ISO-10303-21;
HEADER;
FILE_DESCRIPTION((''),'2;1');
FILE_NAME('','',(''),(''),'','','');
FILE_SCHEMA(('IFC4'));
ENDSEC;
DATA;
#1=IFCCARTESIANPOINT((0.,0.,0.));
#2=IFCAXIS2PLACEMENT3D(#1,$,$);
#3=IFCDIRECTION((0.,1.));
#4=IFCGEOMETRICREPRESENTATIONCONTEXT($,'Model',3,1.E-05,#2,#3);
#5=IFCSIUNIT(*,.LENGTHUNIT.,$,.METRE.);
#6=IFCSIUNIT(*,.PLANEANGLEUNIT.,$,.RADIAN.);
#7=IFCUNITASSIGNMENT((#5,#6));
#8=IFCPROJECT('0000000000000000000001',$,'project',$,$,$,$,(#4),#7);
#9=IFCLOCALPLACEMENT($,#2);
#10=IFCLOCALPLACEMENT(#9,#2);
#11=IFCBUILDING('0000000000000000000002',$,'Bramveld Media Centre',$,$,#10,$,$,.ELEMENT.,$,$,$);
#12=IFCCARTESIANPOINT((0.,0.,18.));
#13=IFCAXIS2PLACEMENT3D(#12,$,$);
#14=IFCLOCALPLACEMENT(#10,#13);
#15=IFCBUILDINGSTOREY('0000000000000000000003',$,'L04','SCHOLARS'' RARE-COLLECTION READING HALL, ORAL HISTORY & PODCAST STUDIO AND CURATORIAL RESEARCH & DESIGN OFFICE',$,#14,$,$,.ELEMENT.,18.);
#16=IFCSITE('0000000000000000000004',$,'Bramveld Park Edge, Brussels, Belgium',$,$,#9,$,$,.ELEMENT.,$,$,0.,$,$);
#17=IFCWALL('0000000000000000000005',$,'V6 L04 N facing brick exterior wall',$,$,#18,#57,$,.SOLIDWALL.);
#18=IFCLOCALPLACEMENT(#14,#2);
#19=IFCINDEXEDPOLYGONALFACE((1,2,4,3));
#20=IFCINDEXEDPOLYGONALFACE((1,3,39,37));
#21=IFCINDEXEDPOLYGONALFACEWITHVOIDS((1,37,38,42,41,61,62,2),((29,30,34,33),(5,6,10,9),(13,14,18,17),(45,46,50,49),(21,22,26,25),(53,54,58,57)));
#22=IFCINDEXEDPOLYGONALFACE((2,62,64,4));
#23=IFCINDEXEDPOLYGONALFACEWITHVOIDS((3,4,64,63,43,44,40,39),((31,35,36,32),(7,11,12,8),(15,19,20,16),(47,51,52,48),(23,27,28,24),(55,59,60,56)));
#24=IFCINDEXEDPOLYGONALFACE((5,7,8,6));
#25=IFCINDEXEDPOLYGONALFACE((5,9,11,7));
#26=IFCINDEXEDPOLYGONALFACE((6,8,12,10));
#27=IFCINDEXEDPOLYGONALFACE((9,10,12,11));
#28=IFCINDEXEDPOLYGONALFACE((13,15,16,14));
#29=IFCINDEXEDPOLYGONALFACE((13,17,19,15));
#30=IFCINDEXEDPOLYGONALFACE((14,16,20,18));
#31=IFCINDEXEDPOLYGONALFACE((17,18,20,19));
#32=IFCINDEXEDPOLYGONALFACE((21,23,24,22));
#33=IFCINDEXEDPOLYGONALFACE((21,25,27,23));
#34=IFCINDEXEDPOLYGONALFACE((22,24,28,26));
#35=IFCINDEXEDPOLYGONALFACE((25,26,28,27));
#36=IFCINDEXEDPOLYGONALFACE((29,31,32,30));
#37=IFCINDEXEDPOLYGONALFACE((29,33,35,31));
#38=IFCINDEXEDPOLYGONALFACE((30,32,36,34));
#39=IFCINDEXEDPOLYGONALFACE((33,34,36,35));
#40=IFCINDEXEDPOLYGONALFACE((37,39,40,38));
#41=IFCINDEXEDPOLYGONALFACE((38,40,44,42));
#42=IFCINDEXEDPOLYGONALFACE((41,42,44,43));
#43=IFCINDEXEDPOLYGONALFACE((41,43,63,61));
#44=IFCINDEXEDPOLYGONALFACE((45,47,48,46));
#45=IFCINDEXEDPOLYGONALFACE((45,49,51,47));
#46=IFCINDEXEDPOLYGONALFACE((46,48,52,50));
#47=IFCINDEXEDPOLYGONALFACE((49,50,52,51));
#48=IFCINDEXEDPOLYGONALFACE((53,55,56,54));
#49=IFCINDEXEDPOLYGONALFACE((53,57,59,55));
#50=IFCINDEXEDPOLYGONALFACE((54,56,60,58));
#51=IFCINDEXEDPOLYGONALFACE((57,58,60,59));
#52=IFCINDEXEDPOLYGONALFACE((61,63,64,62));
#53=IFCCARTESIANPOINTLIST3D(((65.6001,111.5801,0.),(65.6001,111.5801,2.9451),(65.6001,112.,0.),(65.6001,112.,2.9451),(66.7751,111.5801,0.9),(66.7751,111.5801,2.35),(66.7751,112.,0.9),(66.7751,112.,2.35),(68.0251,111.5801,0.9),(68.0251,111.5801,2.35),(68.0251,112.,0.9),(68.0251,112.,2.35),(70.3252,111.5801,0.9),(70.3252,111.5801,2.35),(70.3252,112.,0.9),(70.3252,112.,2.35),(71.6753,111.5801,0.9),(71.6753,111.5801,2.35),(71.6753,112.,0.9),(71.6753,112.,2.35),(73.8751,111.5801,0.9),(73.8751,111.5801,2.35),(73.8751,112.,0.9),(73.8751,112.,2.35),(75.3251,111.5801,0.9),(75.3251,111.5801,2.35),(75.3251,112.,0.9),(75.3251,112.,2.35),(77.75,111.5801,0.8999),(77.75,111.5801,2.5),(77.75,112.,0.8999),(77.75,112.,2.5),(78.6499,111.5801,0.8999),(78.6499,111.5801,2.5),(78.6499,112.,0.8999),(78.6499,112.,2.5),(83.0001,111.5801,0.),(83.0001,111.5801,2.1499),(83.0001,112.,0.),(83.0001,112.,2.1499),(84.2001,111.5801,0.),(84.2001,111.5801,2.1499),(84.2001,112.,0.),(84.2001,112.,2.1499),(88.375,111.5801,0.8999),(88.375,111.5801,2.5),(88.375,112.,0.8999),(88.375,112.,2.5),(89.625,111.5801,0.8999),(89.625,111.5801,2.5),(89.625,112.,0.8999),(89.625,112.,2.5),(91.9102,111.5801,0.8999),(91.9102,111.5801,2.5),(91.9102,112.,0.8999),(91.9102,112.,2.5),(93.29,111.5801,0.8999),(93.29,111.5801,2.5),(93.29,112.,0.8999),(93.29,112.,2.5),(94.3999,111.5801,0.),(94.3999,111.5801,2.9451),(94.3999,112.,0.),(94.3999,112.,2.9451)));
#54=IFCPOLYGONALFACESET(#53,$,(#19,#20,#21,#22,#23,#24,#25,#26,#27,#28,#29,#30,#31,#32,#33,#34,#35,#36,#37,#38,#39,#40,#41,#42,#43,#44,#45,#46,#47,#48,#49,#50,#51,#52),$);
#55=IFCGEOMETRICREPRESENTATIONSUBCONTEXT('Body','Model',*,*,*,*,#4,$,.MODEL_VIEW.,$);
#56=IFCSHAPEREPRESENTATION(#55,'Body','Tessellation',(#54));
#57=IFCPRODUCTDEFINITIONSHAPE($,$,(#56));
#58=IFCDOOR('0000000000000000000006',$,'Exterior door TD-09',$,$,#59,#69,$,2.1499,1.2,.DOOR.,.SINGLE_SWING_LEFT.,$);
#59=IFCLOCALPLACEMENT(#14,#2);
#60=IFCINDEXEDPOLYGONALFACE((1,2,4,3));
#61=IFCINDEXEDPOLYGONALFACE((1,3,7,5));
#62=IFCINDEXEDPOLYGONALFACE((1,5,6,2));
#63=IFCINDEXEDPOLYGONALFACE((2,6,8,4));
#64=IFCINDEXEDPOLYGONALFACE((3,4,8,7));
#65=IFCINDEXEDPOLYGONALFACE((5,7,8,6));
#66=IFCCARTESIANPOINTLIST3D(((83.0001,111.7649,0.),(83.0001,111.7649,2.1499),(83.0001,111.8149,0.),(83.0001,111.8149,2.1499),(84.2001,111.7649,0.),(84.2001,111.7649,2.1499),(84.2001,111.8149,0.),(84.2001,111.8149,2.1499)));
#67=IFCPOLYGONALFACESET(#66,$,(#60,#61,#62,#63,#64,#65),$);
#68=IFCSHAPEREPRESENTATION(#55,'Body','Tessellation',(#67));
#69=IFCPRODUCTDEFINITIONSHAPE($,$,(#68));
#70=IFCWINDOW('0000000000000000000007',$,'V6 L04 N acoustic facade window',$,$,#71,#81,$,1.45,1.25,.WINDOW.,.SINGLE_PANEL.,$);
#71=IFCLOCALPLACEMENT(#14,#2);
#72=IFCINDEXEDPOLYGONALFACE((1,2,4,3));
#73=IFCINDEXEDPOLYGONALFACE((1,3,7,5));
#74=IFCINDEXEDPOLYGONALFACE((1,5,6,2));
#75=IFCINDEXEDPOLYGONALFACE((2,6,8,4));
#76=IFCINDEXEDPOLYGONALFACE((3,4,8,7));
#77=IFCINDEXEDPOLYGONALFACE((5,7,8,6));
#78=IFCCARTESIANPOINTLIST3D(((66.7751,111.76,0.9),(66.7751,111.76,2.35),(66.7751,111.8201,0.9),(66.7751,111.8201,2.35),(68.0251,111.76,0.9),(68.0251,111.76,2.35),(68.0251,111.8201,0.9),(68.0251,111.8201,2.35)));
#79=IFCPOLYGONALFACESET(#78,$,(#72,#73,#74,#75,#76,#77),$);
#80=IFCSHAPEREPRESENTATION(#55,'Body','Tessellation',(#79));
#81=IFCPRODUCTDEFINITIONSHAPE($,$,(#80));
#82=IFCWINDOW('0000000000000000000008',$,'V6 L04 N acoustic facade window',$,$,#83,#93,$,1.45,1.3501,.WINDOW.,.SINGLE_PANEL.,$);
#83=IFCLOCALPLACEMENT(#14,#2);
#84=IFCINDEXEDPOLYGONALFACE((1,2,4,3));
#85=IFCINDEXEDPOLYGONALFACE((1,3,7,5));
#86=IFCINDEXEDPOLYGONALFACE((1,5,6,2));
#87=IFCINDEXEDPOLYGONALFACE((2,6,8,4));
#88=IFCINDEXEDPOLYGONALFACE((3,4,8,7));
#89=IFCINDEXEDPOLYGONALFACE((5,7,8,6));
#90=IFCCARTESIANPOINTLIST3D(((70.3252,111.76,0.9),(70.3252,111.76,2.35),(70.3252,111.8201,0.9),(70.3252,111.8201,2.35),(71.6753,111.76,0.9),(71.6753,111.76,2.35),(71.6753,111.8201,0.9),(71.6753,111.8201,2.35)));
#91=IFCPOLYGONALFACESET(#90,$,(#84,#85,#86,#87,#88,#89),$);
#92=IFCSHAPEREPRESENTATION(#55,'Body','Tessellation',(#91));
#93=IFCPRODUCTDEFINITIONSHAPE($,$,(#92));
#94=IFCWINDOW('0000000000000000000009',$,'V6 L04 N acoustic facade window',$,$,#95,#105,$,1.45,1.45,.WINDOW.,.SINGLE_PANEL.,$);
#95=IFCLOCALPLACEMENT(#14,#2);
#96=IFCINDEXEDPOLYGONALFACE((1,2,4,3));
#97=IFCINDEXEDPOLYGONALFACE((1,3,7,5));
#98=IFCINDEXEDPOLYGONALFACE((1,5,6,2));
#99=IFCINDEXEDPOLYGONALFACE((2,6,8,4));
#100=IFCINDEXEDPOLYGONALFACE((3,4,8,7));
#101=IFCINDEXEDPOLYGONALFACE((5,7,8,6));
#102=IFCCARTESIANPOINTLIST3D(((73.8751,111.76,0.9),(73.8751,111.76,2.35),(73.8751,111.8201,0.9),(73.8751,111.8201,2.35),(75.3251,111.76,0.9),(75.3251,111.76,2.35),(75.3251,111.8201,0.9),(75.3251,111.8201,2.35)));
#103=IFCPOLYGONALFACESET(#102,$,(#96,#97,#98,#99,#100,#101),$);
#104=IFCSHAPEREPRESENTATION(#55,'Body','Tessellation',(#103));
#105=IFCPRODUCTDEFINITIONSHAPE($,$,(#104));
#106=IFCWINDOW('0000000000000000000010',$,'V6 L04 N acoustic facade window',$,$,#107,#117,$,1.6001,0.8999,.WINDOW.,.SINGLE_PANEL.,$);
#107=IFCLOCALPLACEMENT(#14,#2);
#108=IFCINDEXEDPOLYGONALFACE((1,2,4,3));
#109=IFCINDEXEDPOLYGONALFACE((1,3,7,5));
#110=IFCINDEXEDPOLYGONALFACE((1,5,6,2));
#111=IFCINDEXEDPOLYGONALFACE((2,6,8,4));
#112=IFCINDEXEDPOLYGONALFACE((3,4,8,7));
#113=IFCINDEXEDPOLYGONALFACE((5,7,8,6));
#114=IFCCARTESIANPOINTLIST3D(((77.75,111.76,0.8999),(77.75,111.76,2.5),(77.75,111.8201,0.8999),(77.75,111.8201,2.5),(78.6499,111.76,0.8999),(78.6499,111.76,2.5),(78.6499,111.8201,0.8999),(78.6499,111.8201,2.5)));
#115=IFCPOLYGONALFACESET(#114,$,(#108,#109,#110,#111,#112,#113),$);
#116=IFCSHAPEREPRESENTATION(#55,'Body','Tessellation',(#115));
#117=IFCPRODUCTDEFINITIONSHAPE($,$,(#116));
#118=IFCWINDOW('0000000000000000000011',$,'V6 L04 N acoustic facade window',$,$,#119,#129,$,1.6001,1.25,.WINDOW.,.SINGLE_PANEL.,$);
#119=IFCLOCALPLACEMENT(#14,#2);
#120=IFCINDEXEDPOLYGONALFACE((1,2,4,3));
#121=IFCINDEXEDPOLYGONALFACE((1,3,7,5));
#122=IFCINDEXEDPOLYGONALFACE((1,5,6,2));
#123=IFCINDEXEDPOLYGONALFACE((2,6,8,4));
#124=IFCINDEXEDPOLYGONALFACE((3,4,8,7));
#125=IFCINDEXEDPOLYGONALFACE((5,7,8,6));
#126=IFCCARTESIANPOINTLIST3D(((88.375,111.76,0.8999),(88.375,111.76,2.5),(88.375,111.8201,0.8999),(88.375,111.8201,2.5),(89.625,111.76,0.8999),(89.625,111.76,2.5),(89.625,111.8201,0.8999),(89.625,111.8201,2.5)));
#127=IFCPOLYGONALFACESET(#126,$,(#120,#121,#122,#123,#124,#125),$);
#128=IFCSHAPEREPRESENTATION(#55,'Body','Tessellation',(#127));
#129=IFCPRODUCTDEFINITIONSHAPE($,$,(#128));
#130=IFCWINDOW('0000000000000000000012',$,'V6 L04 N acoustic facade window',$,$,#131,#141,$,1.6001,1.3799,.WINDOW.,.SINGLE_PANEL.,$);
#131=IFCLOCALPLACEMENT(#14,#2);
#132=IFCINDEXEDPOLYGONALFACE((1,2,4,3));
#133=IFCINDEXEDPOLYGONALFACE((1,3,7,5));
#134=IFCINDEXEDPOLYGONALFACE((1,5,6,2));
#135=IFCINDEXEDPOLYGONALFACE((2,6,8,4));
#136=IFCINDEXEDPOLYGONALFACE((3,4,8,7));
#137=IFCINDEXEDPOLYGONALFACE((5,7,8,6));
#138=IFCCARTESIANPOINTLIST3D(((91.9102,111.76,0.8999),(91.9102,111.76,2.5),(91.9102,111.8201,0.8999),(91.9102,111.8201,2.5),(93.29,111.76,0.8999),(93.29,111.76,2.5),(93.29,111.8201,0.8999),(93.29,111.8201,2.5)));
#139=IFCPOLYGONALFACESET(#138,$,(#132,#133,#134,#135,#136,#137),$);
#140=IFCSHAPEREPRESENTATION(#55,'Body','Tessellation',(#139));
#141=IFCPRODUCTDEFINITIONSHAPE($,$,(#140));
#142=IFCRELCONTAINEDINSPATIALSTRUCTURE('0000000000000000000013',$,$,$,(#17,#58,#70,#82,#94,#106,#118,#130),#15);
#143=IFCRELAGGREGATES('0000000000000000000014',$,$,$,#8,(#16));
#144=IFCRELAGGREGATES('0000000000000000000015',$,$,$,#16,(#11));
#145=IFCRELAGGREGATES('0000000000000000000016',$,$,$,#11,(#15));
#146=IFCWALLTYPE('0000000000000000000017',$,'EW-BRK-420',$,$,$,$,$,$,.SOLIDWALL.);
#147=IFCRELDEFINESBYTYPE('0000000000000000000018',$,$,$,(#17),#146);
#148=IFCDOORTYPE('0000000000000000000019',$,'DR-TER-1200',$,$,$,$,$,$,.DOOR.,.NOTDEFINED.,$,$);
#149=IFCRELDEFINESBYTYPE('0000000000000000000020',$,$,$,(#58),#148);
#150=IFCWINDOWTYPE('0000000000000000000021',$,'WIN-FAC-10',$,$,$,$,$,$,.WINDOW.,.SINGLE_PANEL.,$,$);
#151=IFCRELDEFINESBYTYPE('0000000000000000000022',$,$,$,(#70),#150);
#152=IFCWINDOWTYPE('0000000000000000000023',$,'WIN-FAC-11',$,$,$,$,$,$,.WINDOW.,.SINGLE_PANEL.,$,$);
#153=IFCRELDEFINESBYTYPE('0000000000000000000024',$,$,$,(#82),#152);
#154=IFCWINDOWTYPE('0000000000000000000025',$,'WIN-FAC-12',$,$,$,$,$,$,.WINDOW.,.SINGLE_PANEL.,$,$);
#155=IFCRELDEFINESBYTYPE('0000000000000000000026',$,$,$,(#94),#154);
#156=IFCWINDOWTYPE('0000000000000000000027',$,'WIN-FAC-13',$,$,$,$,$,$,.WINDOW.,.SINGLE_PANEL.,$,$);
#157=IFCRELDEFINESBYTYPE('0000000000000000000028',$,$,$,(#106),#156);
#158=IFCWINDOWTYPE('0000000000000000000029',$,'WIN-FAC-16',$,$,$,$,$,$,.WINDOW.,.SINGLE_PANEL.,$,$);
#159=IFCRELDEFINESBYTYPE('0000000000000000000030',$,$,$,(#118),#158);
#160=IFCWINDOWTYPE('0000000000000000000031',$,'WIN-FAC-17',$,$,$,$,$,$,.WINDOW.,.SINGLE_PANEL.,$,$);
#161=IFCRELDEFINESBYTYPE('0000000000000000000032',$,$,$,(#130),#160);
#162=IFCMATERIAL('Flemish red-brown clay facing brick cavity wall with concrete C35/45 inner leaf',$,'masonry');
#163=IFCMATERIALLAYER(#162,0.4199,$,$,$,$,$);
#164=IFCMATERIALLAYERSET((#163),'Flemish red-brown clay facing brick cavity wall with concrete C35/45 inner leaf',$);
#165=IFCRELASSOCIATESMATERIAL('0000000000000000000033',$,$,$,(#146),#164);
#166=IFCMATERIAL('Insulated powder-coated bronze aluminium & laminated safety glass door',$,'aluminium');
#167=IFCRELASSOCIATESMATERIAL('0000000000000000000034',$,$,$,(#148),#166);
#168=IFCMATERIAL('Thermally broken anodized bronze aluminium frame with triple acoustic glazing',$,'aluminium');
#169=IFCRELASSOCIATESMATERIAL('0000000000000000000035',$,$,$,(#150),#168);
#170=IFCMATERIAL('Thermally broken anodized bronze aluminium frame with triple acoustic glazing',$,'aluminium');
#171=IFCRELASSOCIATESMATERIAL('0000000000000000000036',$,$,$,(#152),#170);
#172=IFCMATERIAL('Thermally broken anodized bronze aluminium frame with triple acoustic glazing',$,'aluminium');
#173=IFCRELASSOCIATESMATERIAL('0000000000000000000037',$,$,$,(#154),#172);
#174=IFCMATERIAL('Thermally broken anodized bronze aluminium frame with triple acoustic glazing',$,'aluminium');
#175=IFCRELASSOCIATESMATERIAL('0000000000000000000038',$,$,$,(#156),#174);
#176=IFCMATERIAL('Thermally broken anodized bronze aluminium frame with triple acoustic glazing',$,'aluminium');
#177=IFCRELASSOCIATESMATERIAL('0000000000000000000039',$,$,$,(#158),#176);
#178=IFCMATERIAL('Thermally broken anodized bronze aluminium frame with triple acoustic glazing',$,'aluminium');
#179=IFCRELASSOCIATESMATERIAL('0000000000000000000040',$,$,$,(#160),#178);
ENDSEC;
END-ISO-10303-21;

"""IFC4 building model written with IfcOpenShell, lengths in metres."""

from ifc_helpers import new_model, si_unit, direction, frame, frame_2d, origin, place, context, subcontext, project, spatial, rectangle, extrude, material, layer, layer_set, type_object, element, fill, save


model = new_model("IFC4")

# Units and contexts
model_context = context("Model", 3, precision=1e-05, world=origin(), true_north=direction((0.0, 1.0)))
body_context = subcontext(model_context, "Body", "Model", "MODEL_VIEW")
ifc_project = project(units=[si_unit("LENGTHUNIT", "METRE"), si_unit("PLANEANGLEUNIT", "RADIAN")], contexts=[model_context])

# Site, building, storey
site_placement = place(None, origin())
site = spatial("IfcSite", under=ifc_project, at=site_placement, Name="Bramveld Park Edge, Brussels, Belgium", CompositionType="ELEMENT", RefElevation=0.0)
building_placement = place(site_placement, origin())
building = spatial("IfcBuilding", under=site, at=building_placement, Name="Bramveld Media Centre", CompositionType="ELEMENT")
storey_placement = place(building_placement, frame((0.0, 0.0, 18.0)))
storey = spatial("IfcBuildingStorey", under=building, at=storey_placement, Name="L04", Description="SCHOLARS' RARE-COLLECTION READING HALL, ORAL HISTORY & PODCAST STUDIO AND CURATORIAL RESEARCH & DESIGN OFFICE", CompositionType="ELEMENT", Elevation=18.0)

# Wall, openings, door, windows
ifc_material_1 = material(Name="Flemish red-brown clay facing brick cavity wall with concrete C35/45 inner leaf", Category="masonry")
ifc_layer_1 = layer(ifc_material_1, 0.4199)
ifc_layer_set_1 = layer_set([ifc_layer_1], Name="Flemish red-brown clay facing brick cavity wall with concrete C35/45 inner leaf")
wall_type_1 = type_object("IfcWallType", Name="EW-BRK-420", PredefinedType="SOLIDWALL", material=ifc_layer_set_1)
wall_1_placement = place(storey_placement, frame((65.6001, 111.79, 0.0), z_axis=(0.0, 0.0, 1.0), x_axis=(1.0, 0.0, 0.0)))
wall_1 = element("IfcWall", 1, at=wall_1_placement, inside=storey, type_object=wall_type_1, Name="V6 L04 N facing brick exterior wall", PredefinedType="SOLIDWALL", context=body_context, shape_type="SweptSolid", body=[
    extrude(rectangle(XDim=28.7998, YDim=0.4199, at=frame_2d((14.3999, 0.0))), origin(), (0.0, 0.0, 1.0), 2.9451),
])
opening_1_placement = place(wall_1_placement, frame((17.3999, 0.0, 0.0)))
opening_1 = element("IfcOpeningElement", 2, at=opening_1_placement, cuts=wall_1, PredefinedType="OPENING", context=body_context, shape_type="SweptSolid", body=[
    extrude(rectangle(XDim=1.2, YDim=2.1499, at=frame_2d((0.6001, 1.075))), frame((0.0, 0.2219, 0.0), z_axis=(0.0, -1.0, 0.0), x_axis=(1.0, 0.0, 0.0)), (0.0, 0.0, 1.0), 0.4438),
])
opening_2_placement = place(wall_1_placement, frame((1.175, 0.0, 0.8999)))
opening_2 = element("IfcOpeningElement", 3, at=opening_2_placement, cuts=wall_1, PredefinedType="OPENING", context=body_context, shape_type="SweptSolid", body=[
    extrude(rectangle(XDim=1.25, YDim=1.45, at=frame_2d((0.625, 0.7251))), frame((0.0, 0.2219, 0.0), z_axis=(0.0, -1.0, 0.0), x_axis=(1.0, 0.0, 0.0)), (0.0, 0.0, 1.0), 0.4438),
])
opening_3_placement = place(wall_1_placement, frame((4.7251, 0.0, 0.8999)))
opening_3 = element("IfcOpeningElement", 4, at=opening_3_placement, cuts=wall_1, PredefinedType="OPENING", context=body_context, shape_type="SweptSolid", body=[
    extrude(rectangle(XDim=1.3501, YDim=1.45, at=frame_2d((0.675, 0.7251))), frame((0.0, 0.2219, 0.0), z_axis=(0.0, -1.0, 0.0), x_axis=(1.0, 0.0, 0.0)), (0.0, 0.0, 1.0), 0.4438),
])
opening_4_placement = place(wall_1_placement, frame((8.2749, 0.0, 0.8999)))
opening_4 = element("IfcOpeningElement", 5, at=opening_4_placement, cuts=wall_1, PredefinedType="OPENING", context=body_context, shape_type="SweptSolid", body=[
    extrude(rectangle(XDim=1.45, YDim=1.45, at=frame_2d((0.7251, 0.7251))), frame((0.0, 0.2219, 0.0), z_axis=(0.0, -1.0, 0.0), x_axis=(1.0, 0.0, 0.0)), (0.0, 0.0, 1.0), 0.4438),
])
opening_5_placement = place(wall_1_placement, frame((12.1499, 0.0, 0.8999)))
opening_5 = element("IfcOpeningElement", 6, at=opening_5_placement, cuts=wall_1, PredefinedType="OPENING", context=body_context, shape_type="SweptSolid", body=[
    extrude(rectangle(XDim=0.8999, YDim=1.6001, at=frame_2d((0.45, 0.8))), frame((0.0, 0.2219, 0.0), z_axis=(0.0, -1.0, 0.0), x_axis=(1.0, 0.0, 0.0)), (0.0, 0.0, 1.0), 0.4438),
])
opening_6_placement = place(wall_1_placement, frame((22.7749, 0.0, 0.8999)))
opening_6 = element("IfcOpeningElement", 7, at=opening_6_placement, cuts=wall_1, PredefinedType="OPENING", context=body_context, shape_type="SweptSolid", body=[
    extrude(rectangle(XDim=1.25, YDim=1.6001, at=frame_2d((0.625, 0.8))), frame((0.0, 0.2219, 0.0), z_axis=(0.0, -1.0, 0.0), x_axis=(1.0, 0.0, 0.0)), (0.0, 0.0, 1.0), 0.4438),
])
opening_7_placement = place(wall_1_placement, frame((26.3101, 0.0, 0.8999)))
opening_7 = element("IfcOpeningElement", 8, at=opening_7_placement, cuts=wall_1, PredefinedType="OPENING", context=body_context, shape_type="SweptSolid", body=[
    extrude(rectangle(XDim=1.3799, YDim=1.6001, at=frame_2d((0.6899, 0.8))), frame((0.0, 0.2219, 0.0), z_axis=(0.0, -1.0, 0.0), x_axis=(1.0, 0.0, 0.0)), (0.0, 0.0, 1.0), 0.4438),
])
ifc_material_2 = material(Name="Insulated powder-coated bronze aluminium & laminated safety glass door", Category="aluminium")
door_type_1 = type_object("IfcDoorType", Name="DR-TER-1200", OperationType="NOTDEFINED", PredefinedType="DOOR", material=ifc_material_2)
door_1_placement = place(opening_1_placement, origin())
door_1 = element("IfcDoor", 9, at=door_1_placement, inside=storey, type_object=door_type_1, Name="Exterior door TD-09", OperationType="SINGLE_SWING_LEFT", OverallHeight=2.1499, OverallWidth=1.2, PredefinedType="DOOR", context=body_context, shape_type="SweptSolid", body=[
    extrude(rectangle(XDim=1.2, YDim=2.1499, at=frame_2d((0.6001, 1.075))), frame((0.0, 0.0249, 0.0), z_axis=(0.0, -1.0, 0.0), x_axis=(1.0, 0.0, 0.0)), (0.0, 0.0, 1.0), 0.05),
])
fill(opening_1, door_1)
ifc_material_3 = material(Name="Thermally broken anodized bronze aluminium frame with triple acoustic glazing", Category="aluminium")
window_type_1 = type_object("IfcWindowType", Name="WIN-FAC-10", PartitioningType="SINGLE_PANEL", PredefinedType="WINDOW", material=ifc_material_3)
window_1_placement = place(opening_2_placement, origin())
window_1 = element("IfcWindow", 10, at=window_1_placement, inside=storey, type_object=window_type_1, Name="V6 L04 N acoustic facade window", OverallHeight=1.45, OverallWidth=1.25, PartitioningType="SINGLE_PANEL", PredefinedType="WINDOW", context=body_context, shape_type="SweptSolid", body=[
    extrude(rectangle(XDim=1.25, YDim=1.45, at=frame_2d((0.625, 0.7251))), frame((0.0, 0.03, 0.0), z_axis=(0.0, -1.0, 0.0), x_axis=(1.0, 0.0, 0.0)), (0.0, 0.0, 1.0), 0.0601),
])
fill(opening_2, window_1)
ifc_material_4 = material(Name="Thermally broken anodized bronze aluminium frame with triple acoustic glazing", Category="aluminium")
window_type_2 = type_object("IfcWindowType", Name="WIN-FAC-11", PartitioningType="SINGLE_PANEL", PredefinedType="WINDOW", material=ifc_material_4)
window_2_placement = place(opening_3_placement, origin())
window_2 = element("IfcWindow", 11, at=window_2_placement, inside=storey, type_object=window_type_2, Name="V6 L04 N acoustic facade window", OverallHeight=1.45, OverallWidth=1.3501, PartitioningType="SINGLE_PANEL", PredefinedType="WINDOW", context=body_context, shape_type="SweptSolid", body=[
    extrude(rectangle(XDim=1.3501, YDim=1.45, at=frame_2d((0.675, 0.7251))), frame((0.0, 0.03, 0.0), z_axis=(0.0, -1.0, 0.0), x_axis=(1.0, 0.0, 0.0)), (0.0, 0.0, 1.0), 0.0601),
])
fill(opening_3, window_2)
ifc_material_5 = material(Name="Thermally broken anodized bronze aluminium frame with triple acoustic glazing", Category="aluminium")
window_type_3 = type_object("IfcWindowType", Name="WIN-FAC-12", PartitioningType="SINGLE_PANEL", PredefinedType="WINDOW", material=ifc_material_5)
window_3_placement = place(opening_4_placement, origin())
window_3 = element("IfcWindow", 12, at=window_3_placement, inside=storey, type_object=window_type_3, Name="V6 L04 N acoustic facade window", OverallHeight=1.45, OverallWidth=1.45, PartitioningType="SINGLE_PANEL", PredefinedType="WINDOW", context=body_context, shape_type="SweptSolid", body=[
    extrude(rectangle(XDim=1.45, YDim=1.45, at=frame_2d((0.7251, 0.7251))), frame((0.0, 0.03, 0.0), z_axis=(0.0, -1.0, 0.0), x_axis=(1.0, 0.0, 0.0)), (0.0, 0.0, 1.0), 0.0601),
])
fill(opening_4, window_3)
ifc_material_6 = material(Name="Thermally broken anodized bronze aluminium frame with triple acoustic glazing", Category="aluminium")
window_type_4 = type_object("IfcWindowType", Name="WIN-FAC-13", PartitioningType="SINGLE_PANEL", PredefinedType="WINDOW", material=ifc_material_6)
window_4_placement = place(opening_5_placement, origin())
window_4 = element("IfcWindow", 13, at=window_4_placement, inside=storey, type_object=window_type_4, Name="V6 L04 N acoustic facade window", OverallHeight=1.6001, OverallWidth=0.8999, PartitioningType="SINGLE_PANEL", PredefinedType="WINDOW", context=body_context, shape_type="SweptSolid", body=[
    extrude(rectangle(XDim=0.8999, YDim=1.6001, at=frame_2d((0.45, 0.8))), frame((0.0, 0.03, 0.0), z_axis=(0.0, -1.0, 0.0), x_axis=(1.0, 0.0, 0.0)), (0.0, 0.0, 1.0), 0.0601),
])
fill(opening_5, window_4)
ifc_material_7 = material(Name="Thermally broken anodized bronze aluminium frame with triple acoustic glazing", Category="aluminium")
window_type_5 = type_object("IfcWindowType", Name="WIN-FAC-16", PartitioningType="SINGLE_PANEL", PredefinedType="WINDOW", material=ifc_material_7)
window_5_placement = place(opening_6_placement, origin())
window_5 = element("IfcWindow", 14, at=window_5_placement, inside=storey, type_object=window_type_5, Name="V6 L04 N acoustic facade window", OverallHeight=1.6001, OverallWidth=1.25, PartitioningType="SINGLE_PANEL", PredefinedType="WINDOW", context=body_context, shape_type="SweptSolid", body=[
    extrude(rectangle(XDim=1.25, YDim=1.6001, at=frame_2d((0.625, 0.8))), frame((0.0, 0.03, 0.0), z_axis=(0.0, -1.0, 0.0), x_axis=(1.0, 0.0, 0.0)), (0.0, 0.0, 1.0), 0.0601),
])
fill(opening_6, window_5)
ifc_material_8 = material(Name="Thermally broken anodized bronze aluminium frame with triple acoustic glazing", Category="aluminium")
window_type_6 = type_object("IfcWindowType", Name="WIN-FAC-17", PartitioningType="SINGLE_PANEL", PredefinedType="WINDOW", material=ifc_material_8)
window_6_placement = place(opening_7_placement, origin())
window_6 = element("IfcWindow", 15, at=window_6_placement, inside=storey, type_object=window_type_6, Name="V6 L04 N acoustic facade window", OverallHeight=1.6001, OverallWidth=1.3799, PartitioningType="SINGLE_PANEL", PredefinedType="WINDOW", context=body_context, shape_type="SweptSolid", body=[
    extrude(rectangle(XDim=1.3799, YDim=1.6001, at=frame_2d((0.6899, 0.8))), frame((0.0, 0.03, 0.0), z_axis=(0.0, -1.0, 0.0), x_axis=(1.0, 0.0, 0.0)), (0.0, 0.0, 1.0), 0.0601),
])
fill(opening_7, window_6)

save(model, "model.ifc")
